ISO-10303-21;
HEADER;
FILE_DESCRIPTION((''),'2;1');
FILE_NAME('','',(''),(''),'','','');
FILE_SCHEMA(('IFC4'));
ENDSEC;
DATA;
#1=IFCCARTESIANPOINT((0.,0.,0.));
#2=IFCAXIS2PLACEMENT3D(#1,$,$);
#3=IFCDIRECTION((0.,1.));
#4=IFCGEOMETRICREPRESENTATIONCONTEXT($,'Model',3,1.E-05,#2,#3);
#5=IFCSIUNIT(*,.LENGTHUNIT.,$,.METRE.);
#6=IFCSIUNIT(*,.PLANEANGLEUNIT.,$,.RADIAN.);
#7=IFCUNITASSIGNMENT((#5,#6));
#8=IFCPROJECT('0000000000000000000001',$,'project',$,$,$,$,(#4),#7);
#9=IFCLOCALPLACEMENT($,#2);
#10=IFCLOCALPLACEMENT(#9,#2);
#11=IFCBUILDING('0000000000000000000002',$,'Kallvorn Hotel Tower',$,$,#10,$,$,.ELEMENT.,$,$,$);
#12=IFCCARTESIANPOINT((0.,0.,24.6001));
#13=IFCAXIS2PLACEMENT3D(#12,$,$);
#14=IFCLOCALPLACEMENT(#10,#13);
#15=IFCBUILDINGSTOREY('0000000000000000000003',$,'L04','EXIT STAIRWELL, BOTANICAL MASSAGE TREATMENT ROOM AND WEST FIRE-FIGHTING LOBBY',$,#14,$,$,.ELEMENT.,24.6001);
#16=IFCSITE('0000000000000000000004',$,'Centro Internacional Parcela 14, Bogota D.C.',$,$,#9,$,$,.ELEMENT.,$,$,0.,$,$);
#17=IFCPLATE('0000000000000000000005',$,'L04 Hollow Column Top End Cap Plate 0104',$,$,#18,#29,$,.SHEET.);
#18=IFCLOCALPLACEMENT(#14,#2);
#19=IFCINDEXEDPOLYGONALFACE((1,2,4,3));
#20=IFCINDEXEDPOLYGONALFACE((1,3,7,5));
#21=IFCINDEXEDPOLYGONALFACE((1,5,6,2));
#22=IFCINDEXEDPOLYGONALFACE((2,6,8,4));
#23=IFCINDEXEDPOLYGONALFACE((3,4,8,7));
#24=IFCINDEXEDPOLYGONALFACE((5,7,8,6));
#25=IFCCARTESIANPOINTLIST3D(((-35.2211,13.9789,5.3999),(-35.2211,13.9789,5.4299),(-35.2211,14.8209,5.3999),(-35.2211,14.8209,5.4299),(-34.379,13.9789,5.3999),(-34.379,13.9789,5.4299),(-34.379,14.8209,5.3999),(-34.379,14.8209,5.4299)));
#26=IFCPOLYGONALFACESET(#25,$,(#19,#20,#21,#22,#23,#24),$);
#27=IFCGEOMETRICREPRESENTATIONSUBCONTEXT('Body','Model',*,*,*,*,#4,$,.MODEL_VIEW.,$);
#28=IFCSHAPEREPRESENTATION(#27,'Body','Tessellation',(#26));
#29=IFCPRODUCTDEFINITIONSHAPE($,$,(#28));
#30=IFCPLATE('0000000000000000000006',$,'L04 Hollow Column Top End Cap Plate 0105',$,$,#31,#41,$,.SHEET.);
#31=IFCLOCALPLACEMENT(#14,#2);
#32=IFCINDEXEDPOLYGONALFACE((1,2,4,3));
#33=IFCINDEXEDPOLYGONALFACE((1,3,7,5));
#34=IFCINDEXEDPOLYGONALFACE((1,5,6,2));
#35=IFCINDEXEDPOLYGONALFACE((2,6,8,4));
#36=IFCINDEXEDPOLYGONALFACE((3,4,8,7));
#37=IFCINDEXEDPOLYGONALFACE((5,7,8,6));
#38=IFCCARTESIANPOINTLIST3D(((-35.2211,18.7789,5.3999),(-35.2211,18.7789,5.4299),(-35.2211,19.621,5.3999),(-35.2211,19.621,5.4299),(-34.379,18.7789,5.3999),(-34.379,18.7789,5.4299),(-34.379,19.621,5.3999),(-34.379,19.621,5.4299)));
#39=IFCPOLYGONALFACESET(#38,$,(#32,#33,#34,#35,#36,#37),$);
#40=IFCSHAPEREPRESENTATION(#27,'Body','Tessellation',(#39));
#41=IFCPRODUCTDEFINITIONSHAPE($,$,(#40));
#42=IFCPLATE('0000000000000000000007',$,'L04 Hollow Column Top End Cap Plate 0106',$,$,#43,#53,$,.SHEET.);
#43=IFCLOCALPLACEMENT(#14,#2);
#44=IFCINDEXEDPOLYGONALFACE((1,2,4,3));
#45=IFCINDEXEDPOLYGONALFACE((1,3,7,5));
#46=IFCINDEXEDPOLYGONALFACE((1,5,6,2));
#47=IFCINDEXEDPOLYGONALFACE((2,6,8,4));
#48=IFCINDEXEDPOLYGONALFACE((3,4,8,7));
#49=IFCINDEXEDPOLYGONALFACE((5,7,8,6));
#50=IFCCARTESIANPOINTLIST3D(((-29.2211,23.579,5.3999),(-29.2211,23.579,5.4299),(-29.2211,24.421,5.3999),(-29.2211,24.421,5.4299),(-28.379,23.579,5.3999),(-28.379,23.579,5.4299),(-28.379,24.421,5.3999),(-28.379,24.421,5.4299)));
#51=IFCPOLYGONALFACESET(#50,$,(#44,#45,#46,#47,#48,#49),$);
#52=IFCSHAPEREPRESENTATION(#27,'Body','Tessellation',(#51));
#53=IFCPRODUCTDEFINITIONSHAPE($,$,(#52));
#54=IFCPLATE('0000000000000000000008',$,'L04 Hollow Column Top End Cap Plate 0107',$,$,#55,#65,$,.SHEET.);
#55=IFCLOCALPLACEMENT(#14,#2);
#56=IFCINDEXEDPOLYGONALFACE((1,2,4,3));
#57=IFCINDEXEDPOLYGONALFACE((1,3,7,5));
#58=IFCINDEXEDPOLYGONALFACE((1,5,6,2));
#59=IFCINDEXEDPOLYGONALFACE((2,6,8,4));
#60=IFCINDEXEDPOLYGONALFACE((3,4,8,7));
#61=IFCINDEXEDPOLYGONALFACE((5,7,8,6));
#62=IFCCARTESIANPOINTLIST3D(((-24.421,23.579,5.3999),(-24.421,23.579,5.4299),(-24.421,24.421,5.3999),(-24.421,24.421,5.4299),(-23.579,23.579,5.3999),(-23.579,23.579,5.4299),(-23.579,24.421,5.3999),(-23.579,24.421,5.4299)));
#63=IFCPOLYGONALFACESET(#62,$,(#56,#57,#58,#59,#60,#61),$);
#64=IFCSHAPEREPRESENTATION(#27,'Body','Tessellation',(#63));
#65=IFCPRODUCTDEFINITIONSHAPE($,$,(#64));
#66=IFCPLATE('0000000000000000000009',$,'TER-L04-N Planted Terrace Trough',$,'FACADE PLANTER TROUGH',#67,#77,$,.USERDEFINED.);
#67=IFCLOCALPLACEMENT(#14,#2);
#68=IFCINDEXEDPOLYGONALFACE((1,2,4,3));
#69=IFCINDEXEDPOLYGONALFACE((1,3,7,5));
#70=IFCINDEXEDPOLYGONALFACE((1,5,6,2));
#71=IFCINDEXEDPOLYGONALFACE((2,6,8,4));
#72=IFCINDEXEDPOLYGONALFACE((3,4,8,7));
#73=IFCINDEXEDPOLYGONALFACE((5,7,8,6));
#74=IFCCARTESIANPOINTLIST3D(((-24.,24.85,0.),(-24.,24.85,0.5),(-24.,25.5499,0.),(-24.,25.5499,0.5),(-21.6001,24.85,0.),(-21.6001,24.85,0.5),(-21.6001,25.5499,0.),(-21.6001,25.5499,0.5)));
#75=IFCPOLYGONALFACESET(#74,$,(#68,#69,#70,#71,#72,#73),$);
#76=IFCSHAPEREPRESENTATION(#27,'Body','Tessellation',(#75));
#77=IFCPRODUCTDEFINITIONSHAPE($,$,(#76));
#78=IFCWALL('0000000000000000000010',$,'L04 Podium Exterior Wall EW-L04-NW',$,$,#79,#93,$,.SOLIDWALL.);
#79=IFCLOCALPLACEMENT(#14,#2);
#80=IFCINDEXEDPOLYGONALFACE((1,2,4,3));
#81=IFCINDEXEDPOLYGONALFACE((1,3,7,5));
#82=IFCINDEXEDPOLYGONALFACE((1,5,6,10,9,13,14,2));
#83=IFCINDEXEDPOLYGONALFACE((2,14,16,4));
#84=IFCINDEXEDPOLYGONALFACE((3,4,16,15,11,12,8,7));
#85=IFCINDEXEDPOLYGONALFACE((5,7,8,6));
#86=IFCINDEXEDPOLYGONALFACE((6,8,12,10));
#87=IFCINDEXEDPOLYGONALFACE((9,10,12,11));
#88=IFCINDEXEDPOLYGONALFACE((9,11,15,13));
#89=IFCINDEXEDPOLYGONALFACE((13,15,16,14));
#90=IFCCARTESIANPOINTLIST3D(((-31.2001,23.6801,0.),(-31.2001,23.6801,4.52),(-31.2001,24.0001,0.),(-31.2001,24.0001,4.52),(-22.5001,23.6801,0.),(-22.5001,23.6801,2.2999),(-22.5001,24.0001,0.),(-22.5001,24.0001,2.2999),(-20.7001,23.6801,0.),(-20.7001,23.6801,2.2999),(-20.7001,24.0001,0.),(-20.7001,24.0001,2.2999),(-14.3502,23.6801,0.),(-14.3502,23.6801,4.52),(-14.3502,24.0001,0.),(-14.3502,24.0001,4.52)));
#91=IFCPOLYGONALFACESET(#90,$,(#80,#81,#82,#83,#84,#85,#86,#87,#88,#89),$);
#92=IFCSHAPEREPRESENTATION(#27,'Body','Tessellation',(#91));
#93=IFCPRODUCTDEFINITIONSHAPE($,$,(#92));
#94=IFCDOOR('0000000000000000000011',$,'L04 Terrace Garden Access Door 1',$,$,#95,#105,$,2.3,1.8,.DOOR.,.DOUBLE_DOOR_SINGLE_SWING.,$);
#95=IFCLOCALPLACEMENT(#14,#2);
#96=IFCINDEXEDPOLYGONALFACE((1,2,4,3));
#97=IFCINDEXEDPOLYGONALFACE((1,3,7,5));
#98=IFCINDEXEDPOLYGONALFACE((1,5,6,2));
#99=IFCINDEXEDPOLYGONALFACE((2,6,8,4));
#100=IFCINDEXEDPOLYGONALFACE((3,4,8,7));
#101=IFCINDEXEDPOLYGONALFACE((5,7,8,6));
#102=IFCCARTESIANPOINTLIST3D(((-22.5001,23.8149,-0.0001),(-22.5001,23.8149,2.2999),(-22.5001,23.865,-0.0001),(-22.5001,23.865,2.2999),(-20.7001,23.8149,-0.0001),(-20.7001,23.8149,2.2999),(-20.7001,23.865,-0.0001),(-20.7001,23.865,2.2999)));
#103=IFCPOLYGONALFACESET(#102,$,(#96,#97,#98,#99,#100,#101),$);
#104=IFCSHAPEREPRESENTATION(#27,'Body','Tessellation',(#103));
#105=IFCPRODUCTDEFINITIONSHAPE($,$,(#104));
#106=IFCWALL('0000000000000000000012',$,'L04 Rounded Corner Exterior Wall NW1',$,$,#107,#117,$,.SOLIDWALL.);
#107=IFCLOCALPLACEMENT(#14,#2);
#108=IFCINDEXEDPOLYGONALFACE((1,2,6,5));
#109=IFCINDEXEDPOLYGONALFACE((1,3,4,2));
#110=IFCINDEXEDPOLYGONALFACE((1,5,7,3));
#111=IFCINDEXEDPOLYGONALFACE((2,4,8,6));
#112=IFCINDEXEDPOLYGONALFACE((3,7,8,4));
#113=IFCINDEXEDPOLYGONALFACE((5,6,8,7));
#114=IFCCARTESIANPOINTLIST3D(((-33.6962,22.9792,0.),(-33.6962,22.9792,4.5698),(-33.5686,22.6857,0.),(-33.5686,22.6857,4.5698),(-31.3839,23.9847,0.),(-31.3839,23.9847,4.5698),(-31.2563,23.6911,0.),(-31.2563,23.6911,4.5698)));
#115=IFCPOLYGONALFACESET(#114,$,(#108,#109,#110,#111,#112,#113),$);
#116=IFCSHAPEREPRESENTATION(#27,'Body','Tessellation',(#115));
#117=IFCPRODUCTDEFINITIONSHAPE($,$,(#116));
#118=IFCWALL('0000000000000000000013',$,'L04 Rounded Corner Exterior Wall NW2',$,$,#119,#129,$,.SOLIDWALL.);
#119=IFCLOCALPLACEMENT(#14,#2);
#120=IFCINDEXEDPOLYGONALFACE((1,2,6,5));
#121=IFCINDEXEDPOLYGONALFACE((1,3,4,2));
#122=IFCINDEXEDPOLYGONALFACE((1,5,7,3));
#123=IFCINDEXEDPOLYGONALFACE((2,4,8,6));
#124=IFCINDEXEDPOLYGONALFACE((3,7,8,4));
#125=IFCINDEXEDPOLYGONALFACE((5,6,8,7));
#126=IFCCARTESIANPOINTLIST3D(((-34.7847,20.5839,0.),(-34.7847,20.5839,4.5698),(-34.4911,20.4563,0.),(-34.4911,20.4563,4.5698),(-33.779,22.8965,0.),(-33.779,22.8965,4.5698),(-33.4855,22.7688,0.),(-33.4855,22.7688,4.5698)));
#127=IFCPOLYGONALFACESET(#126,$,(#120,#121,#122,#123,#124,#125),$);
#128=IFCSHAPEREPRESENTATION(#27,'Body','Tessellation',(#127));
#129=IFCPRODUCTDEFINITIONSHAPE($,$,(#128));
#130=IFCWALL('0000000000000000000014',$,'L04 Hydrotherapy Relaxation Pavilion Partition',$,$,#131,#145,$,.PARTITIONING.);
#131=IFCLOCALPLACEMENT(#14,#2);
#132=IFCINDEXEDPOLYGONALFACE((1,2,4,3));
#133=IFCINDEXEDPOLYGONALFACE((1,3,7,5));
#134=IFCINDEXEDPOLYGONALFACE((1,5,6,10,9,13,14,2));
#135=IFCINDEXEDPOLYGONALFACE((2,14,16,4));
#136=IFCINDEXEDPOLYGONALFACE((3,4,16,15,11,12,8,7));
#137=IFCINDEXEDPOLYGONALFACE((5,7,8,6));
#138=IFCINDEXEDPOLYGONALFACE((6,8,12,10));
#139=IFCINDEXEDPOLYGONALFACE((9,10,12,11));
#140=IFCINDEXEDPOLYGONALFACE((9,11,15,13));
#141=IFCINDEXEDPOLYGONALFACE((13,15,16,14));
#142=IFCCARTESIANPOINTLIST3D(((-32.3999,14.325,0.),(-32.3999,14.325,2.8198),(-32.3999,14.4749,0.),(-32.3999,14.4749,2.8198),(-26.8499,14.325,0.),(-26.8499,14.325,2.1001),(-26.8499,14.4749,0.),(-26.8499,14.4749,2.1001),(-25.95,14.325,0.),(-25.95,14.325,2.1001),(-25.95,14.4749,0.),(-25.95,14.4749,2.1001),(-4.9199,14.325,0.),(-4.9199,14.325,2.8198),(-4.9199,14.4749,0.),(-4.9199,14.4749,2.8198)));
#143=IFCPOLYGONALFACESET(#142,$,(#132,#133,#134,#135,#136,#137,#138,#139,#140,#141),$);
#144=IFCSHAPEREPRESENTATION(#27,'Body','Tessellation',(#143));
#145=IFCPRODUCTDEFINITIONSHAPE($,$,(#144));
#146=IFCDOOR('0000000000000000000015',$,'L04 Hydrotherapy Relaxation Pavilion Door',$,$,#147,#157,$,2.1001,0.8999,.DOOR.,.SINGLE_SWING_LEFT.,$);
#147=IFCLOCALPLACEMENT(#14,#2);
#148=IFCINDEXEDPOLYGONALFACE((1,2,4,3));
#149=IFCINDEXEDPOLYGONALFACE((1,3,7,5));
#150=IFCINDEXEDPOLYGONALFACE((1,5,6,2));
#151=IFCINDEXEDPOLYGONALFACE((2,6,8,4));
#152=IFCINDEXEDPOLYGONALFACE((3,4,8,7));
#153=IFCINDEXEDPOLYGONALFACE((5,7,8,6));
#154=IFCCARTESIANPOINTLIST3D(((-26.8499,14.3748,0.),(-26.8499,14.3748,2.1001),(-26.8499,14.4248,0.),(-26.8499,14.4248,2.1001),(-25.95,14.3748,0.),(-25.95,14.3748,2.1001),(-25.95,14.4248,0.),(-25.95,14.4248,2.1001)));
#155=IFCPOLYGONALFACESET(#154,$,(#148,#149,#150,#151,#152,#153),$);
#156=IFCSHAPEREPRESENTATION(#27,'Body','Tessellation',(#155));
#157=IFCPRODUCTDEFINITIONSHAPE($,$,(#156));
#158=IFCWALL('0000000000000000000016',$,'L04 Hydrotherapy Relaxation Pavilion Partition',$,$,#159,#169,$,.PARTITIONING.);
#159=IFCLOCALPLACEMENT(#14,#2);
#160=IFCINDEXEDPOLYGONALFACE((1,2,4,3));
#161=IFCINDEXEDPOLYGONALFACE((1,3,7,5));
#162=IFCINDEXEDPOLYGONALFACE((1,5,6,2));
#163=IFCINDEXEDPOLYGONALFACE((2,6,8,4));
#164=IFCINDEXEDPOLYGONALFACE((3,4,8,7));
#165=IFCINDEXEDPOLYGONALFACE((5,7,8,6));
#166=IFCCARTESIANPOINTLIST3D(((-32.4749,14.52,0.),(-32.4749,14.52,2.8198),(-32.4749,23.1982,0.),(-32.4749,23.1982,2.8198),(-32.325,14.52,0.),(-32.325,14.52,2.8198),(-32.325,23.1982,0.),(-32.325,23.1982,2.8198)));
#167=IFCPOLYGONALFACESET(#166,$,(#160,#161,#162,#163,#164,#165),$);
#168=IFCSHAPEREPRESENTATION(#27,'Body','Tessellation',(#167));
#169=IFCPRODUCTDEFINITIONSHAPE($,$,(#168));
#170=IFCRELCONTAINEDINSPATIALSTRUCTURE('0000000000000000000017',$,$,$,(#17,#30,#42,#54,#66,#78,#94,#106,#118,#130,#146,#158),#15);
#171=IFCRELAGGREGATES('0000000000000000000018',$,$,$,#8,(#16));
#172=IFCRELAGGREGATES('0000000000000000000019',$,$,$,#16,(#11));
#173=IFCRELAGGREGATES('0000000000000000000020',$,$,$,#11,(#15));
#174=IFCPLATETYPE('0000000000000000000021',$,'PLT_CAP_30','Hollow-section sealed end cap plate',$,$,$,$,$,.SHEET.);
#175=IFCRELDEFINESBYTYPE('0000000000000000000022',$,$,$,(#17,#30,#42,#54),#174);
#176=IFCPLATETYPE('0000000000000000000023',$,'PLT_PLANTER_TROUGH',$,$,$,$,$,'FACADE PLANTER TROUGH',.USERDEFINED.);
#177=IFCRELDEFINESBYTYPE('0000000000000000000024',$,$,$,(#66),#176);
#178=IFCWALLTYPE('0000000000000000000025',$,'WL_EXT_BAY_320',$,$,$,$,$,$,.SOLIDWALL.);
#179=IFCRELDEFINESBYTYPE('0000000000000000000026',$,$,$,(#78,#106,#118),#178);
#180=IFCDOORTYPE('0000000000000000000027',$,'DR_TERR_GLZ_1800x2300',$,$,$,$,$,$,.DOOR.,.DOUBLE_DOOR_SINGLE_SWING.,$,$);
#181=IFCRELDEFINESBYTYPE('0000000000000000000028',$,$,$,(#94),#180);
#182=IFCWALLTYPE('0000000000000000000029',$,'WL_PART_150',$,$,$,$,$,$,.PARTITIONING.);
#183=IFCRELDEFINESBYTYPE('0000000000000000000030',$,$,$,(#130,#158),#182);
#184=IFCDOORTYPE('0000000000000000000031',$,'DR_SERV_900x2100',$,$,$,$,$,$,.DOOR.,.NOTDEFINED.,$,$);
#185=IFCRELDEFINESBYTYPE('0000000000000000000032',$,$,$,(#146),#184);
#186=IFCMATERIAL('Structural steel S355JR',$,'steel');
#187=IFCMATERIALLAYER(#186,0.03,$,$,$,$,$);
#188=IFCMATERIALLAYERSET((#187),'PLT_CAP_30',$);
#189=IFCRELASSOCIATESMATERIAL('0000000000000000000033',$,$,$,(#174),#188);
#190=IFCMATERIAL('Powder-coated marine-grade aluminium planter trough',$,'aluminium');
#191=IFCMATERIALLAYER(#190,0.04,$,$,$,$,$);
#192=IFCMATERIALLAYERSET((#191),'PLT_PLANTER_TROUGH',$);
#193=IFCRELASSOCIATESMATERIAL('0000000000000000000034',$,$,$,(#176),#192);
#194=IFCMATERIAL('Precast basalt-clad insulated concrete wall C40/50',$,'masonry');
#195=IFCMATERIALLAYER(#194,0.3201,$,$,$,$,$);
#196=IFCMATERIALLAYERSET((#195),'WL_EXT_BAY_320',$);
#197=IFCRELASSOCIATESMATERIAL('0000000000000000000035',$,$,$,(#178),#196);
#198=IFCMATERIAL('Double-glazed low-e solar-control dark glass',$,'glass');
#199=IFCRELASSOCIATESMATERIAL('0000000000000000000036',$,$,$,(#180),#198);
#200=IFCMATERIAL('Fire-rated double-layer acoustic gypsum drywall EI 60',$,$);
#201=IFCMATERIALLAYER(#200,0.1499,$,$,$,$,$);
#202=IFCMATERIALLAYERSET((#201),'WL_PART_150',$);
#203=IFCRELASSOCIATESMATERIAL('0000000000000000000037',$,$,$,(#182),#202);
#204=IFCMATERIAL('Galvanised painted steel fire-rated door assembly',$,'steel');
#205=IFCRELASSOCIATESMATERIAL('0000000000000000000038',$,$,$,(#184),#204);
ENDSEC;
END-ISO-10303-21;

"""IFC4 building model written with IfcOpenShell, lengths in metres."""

from ifc_helpers import new_model, si_unit, direction, frame, frame_2d, origin, origin_2d, place, context, subcontext, project, spatial, rectangle, extrude, material, layer, layer_set, type_object, element, fill, save


model = new_model("IFC4")

# Units and contexts
model_context = context("Model", 3, precision=1e-05, world=origin(), true_north=direction((0.0, 1.0)))
body_context = subcontext(model_context, "Body", "Model", "MODEL_VIEW")
ifc_project = project(units=[si_unit("LENGTHUNIT", "METRE"), si_unit("PLANEANGLEUNIT", "RADIAN")], contexts=[model_context])

# Site, building, storey
site_placement = place(None, origin())
site = spatial("IfcSite", under=ifc_project, at=site_placement, Name="Centro Internacional Parcela 14, Bogota D.C.", CompositionType="ELEMENT", RefElevation=0.0)
building_placement = place(site_placement, origin())
building = spatial("IfcBuilding", under=site, at=building_placement, Name="Kallvorn Hotel Tower", CompositionType="ELEMENT")
storey_placement = place(building_placement, frame((0.0, 0.0, 24.6001)))
storey = spatial("IfcBuildingStorey", under=building, at=storey_placement, Name="L04", Description="EXIT STAIRWELL, BOTANICAL MASSAGE TREATMENT ROOM AND WEST FIRE-FIGHTING LOBBY", CompositionType="ELEMENT", Elevation=24.6001)

# Plates
ifc_material_1 = material(Name="Structural steel S355JR", Category="steel")
ifc_layer_1 = layer(ifc_material_1, 0.03)
ifc_layer_set_1 = layer_set([ifc_layer_1], Name="PLT_CAP_30")
plate_type_1 = type_object("IfcPlateType", Name="PLT_CAP_30", Description="Hollow-section sealed end cap plate", PredefinedType="SHEET", material=ifc_layer_set_1)
for number, where, z_axis, x_axis, name in (
    (1, (-34.8, 14.3999, 5.3999), (0.0, 0.0, 1.0), (1.0, 0.0, 0.0), "L04 Hollow Column Top End Cap Plate 0104"),
    (2, (-34.8, 19.2, 5.3999), (0.0, 0.0, 1.0), (1.0, 0.0, 0.0), "L04 Hollow Column Top End Cap Plate 0105"),
    (3, (-28.8, 24.0, 5.3999), (0.0, 0.0, 1.0), (1.0, 0.0, 0.0), "L04 Hollow Column Top End Cap Plate 0106"),
    (4, (-24.0, 24.0, 5.3999), (0.0, 0.0, 1.0), (1.0, 0.0, 0.0), "L04 Hollow Column Top End Cap Plate 0107"),
):
    element("IfcPlate", number, at=place(storey_placement, frame(where, z_axis=z_axis, x_axis=x_axis)), inside=storey, type_object=plate_type_1, Name=name, PredefinedType="SHEET", context=body_context, shape_type="SweptSolid", body=[
        extrude(rectangle(XDim=0.842, YDim=0.842, at=origin_2d()), origin(), (0.0, 0.0, 1.0), 0.03),
    ])
ifc_material_2 = material(Name="Powder-coated marine-grade aluminium planter trough", Category="aluminium")
ifc_layer_2 = layer(ifc_material_2, 0.04)
ifc_layer_set_2 = layer_set([ifc_layer_2], Name="PLT_PLANTER_TROUGH")
plate_type_2 = type_object("IfcPlateType", Name="PLT_PLANTER_TROUGH", ElementType="FACADE PLANTER TROUGH", PredefinedType="USERDEFINED", material=ifc_layer_set_2)
plate_placement = place(storey_placement, frame((-22.8, 25.2, 0.0), z_axis=(0.0, 0.0, 1.0), x_axis=(1.0, 0.0, 0.0)))
element("IfcPlate", 5, at=plate_placement, inside=storey, type_object=plate_type_2, Name="TER-L04-N Planted Terrace Trough", ObjectType="FACADE PLANTER TROUGH", PredefinedType="USERDEFINED", context=body_context, shape_type="SweptSolid", body=[
    extrude(rectangle(XDim=2.3999, YDim=0.7, at=origin_2d()), origin(), (0.0, 0.0, 1.0), 0.5),
])

# Wall, opening, door
ifc_material_3 = material(Name="Precast basalt-clad insulated concrete wall C40/50", Category="masonry")
ifc_layer_3 = layer(ifc_material_3, 0.3201)
ifc_layer_set_3 = layer_set([ifc_layer_3], Name="WL_EXT_BAY_320")
wall_type_1 = type_object("IfcWallType", Name="WL_EXT_BAY_320", PredefinedType="SOLIDWALL", material=ifc_layer_set_3)
wall_1_placement = place(storey_placement, frame((-31.2, 23.8401, 0.0), z_axis=(0.0, 0.0, 1.0), x_axis=(1.0, 0.0, 0.0)))
wall_1 = element("IfcWall", 6, at=wall_1_placement, inside=storey, type_object=wall_type_1, Name="L04 Podium Exterior Wall EW-L04-NW", PredefinedType="SOLIDWALL", context=body_context, shape_type="SweptSolid", body=[
    extrude(rectangle(XDim=16.8499, YDim=0.3201, at=frame_2d((8.4248, 0.0))), origin(), (0.0, 0.0, 1.0), 4.52),
])
opening_1_placement = place(wall_1_placement, frame((8.7, 0.0, 0.0)))
opening_1 = element("IfcOpeningElement", 7, at=opening_1_placement, cuts=wall_1, PredefinedType="OPENING", context=body_context, shape_type="SweptSolid", body=[
    extrude(rectangle(XDim=1.8, YDim=2.3, at=frame_2d((0.8999, 1.1499))), frame((0.0, 0.175, 0.0), z_axis=(0.0, -1.0, 0.0), x_axis=(1.0, 0.0, 0.0)), (0.0, 0.0, 1.0), 0.3501),
])
ifc_material_4 = material(Name="Double-glazed low-e solar-control dark glass", Category="glass")
door_type_1 = type_object("IfcDoorType", Name="DR_TERR_GLZ_1800x2300", OperationType="DOUBLE_DOOR_SINGLE_SWING", PredefinedType="DOOR", material=ifc_material_4)
door_1_placement = place(opening_1_placement, origin())
door_1 = element("IfcDoor", 8, at=door_1_placement, inside=storey, type_object=door_type_1, Name="L04 Terrace Garden Access Door 1", OperationType="DOUBLE_DOOR_SINGLE_SWING", OverallHeight=2.3, OverallWidth=1.8, PredefinedType="DOOR", context=body_context, shape_type="SweptSolid", body=[
    extrude(rectangle(XDim=1.8, YDim=2.3, at=frame_2d((0.8999, 1.1499))), frame((0.0, 0.0249, 0.0), z_axis=(0.0, -1.0, 0.0), x_axis=(1.0, 0.0, 0.0)), (0.0, 0.0, 1.0), 0.05),
])
fill(opening_1, door_1)

# Walls
wall_2_placement = place(storey_placement, frame((-31.3201, 23.8379, 0.0), z_axis=(0.0, 0.0, 1.0), x_axis=(-0.917064, -0.39874, 0.0)))
element("IfcWall", 9, at=wall_2_placement, inside=storey, type_object=wall_type_1, Name="L04 Rounded Corner Exterior Wall NW1", PredefinedType="SOLIDWALL", context=body_context, shape_type="SweptSolid", body=[
    extrude(rectangle(XDim=2.5215, YDim=0.3201, at=frame_2d((1.2607, 0.0))), origin(), (0.0, 0.0, 1.0), 4.5698),
])
wall_3_placement = place(storey_placement, frame((-33.6323, 22.8325, 0.0), z_axis=(0.0, 0.0, 1.0), x_axis=(-0.398786, -0.917044, 0.0)))
element("IfcWall", 10, at=wall_3_placement, inside=storey, type_object=wall_type_1, Name="L04 Rounded Corner Exterior Wall NW2", PredefinedType="SOLIDWALL", context=body_context, shape_type="SweptSolid", body=[
    extrude(rectangle(XDim=2.5217, YDim=0.3201, at=frame_2d((1.2607, 0.0))), origin(), (0.0, 0.0, 1.0), 4.5698),
])

# Wall, opening, door
ifc_material_5 = material(Name="Fire-rated double-layer acoustic gypsum drywall EI 60")
ifc_layer_4 = layer(ifc_material_5, 0.1499)
ifc_layer_set_4 = layer_set([ifc_layer_4], Name="WL_PART_150")
wall_type_2 = type_object("IfcWallType", Name="WL_PART_150", PredefinedType="PARTITIONING", material=ifc_layer_set_4)
wall_4_placement = place(storey_placement, frame((-32.3999, 14.3999, 0.0), z_axis=(0.0, 0.0, 1.0), x_axis=(1.0, 0.0, 0.0)))
wall_4 = element("IfcWall", 11, at=wall_4_placement, inside=storey, type_object=wall_type_2, Name="L04 Hydrotherapy Relaxation Pavilion Partition", PredefinedType="PARTITIONING", context=body_context, shape_type="SweptSolid", body=[
    extrude(rectangle(XDim=27.48, YDim=0.1499, at=frame_2d((13.74, 0.0))), origin(), (0.0, 0.0, 1.0), 2.8198),
])
opening_2_placement = place(wall_4_placement, frame((5.55, 0.0, 0.0)))
opening_2 = element("IfcOpeningElement", 12, at=opening_2_placement, cuts=wall_4, PredefinedType="OPENING", context=body_context, shape_type="SweptSolid", body=[
    extrude(rectangle(XDim=0.8999, YDim=2.1001, at=frame_2d((0.45, 1.05))), frame((0.0, 0.0898, 0.0), z_axis=(0.0, -1.0, 0.0), x_axis=(1.0, 0.0, 0.0)), (0.0, 0.0, 1.0), 0.1799),
])
ifc_material_6 = material(Name="Galvanised painted steel fire-rated door assembly", Category="steel")
door_type_2 = type_object("IfcDoorType", Name="DR_SERV_900x2100", OperationType="NOTDEFINED", PredefinedType="DOOR", material=ifc_material_6)
door_2_placement = place(opening_2_placement, origin())
door_2 = element("IfcDoor", 13, at=door_2_placement, inside=storey, type_object=door_type_2, Name="L04 Hydrotherapy Relaxation Pavilion Door", OperationType="SINGLE_SWING_LEFT", OverallHeight=2.1001, OverallWidth=0.8999, PredefinedType="DOOR", context=body_context, shape_type="SweptSolid", body=[
    extrude(rectangle(XDim=0.8999, YDim=2.1001, at=frame_2d((0.45, 1.05))), frame((0.0, 0.0249, 0.0), z_axis=(0.0, -1.0, 0.0), x_axis=(1.0, 0.0, 0.0)), (0.0, 0.0, 1.0), 0.05),
])
fill(opening_2, door_2)

# Wall
wall_5_placement = place(storey_placement, frame((-32.3999, 14.52, 0.0), z_axis=(0.0, 0.0, 1.0), x_axis=(0.0, 1.0, 0.0)))
element("IfcWall", 14, at=wall_5_placement, inside=storey, type_object=wall_type_2, Name="L04 Hydrotherapy Relaxation Pavilion Partition", PredefinedType="PARTITIONING", context=body_context, shape_type="SweptSolid", body=[
    extrude(rectangle(XDim=8.6782, YDim=0.1499, at=frame_2d((4.3391, 0.0))), origin(), (0.0, 0.0, 1.0), 2.8198),
])

save(model, "model.ifc")
